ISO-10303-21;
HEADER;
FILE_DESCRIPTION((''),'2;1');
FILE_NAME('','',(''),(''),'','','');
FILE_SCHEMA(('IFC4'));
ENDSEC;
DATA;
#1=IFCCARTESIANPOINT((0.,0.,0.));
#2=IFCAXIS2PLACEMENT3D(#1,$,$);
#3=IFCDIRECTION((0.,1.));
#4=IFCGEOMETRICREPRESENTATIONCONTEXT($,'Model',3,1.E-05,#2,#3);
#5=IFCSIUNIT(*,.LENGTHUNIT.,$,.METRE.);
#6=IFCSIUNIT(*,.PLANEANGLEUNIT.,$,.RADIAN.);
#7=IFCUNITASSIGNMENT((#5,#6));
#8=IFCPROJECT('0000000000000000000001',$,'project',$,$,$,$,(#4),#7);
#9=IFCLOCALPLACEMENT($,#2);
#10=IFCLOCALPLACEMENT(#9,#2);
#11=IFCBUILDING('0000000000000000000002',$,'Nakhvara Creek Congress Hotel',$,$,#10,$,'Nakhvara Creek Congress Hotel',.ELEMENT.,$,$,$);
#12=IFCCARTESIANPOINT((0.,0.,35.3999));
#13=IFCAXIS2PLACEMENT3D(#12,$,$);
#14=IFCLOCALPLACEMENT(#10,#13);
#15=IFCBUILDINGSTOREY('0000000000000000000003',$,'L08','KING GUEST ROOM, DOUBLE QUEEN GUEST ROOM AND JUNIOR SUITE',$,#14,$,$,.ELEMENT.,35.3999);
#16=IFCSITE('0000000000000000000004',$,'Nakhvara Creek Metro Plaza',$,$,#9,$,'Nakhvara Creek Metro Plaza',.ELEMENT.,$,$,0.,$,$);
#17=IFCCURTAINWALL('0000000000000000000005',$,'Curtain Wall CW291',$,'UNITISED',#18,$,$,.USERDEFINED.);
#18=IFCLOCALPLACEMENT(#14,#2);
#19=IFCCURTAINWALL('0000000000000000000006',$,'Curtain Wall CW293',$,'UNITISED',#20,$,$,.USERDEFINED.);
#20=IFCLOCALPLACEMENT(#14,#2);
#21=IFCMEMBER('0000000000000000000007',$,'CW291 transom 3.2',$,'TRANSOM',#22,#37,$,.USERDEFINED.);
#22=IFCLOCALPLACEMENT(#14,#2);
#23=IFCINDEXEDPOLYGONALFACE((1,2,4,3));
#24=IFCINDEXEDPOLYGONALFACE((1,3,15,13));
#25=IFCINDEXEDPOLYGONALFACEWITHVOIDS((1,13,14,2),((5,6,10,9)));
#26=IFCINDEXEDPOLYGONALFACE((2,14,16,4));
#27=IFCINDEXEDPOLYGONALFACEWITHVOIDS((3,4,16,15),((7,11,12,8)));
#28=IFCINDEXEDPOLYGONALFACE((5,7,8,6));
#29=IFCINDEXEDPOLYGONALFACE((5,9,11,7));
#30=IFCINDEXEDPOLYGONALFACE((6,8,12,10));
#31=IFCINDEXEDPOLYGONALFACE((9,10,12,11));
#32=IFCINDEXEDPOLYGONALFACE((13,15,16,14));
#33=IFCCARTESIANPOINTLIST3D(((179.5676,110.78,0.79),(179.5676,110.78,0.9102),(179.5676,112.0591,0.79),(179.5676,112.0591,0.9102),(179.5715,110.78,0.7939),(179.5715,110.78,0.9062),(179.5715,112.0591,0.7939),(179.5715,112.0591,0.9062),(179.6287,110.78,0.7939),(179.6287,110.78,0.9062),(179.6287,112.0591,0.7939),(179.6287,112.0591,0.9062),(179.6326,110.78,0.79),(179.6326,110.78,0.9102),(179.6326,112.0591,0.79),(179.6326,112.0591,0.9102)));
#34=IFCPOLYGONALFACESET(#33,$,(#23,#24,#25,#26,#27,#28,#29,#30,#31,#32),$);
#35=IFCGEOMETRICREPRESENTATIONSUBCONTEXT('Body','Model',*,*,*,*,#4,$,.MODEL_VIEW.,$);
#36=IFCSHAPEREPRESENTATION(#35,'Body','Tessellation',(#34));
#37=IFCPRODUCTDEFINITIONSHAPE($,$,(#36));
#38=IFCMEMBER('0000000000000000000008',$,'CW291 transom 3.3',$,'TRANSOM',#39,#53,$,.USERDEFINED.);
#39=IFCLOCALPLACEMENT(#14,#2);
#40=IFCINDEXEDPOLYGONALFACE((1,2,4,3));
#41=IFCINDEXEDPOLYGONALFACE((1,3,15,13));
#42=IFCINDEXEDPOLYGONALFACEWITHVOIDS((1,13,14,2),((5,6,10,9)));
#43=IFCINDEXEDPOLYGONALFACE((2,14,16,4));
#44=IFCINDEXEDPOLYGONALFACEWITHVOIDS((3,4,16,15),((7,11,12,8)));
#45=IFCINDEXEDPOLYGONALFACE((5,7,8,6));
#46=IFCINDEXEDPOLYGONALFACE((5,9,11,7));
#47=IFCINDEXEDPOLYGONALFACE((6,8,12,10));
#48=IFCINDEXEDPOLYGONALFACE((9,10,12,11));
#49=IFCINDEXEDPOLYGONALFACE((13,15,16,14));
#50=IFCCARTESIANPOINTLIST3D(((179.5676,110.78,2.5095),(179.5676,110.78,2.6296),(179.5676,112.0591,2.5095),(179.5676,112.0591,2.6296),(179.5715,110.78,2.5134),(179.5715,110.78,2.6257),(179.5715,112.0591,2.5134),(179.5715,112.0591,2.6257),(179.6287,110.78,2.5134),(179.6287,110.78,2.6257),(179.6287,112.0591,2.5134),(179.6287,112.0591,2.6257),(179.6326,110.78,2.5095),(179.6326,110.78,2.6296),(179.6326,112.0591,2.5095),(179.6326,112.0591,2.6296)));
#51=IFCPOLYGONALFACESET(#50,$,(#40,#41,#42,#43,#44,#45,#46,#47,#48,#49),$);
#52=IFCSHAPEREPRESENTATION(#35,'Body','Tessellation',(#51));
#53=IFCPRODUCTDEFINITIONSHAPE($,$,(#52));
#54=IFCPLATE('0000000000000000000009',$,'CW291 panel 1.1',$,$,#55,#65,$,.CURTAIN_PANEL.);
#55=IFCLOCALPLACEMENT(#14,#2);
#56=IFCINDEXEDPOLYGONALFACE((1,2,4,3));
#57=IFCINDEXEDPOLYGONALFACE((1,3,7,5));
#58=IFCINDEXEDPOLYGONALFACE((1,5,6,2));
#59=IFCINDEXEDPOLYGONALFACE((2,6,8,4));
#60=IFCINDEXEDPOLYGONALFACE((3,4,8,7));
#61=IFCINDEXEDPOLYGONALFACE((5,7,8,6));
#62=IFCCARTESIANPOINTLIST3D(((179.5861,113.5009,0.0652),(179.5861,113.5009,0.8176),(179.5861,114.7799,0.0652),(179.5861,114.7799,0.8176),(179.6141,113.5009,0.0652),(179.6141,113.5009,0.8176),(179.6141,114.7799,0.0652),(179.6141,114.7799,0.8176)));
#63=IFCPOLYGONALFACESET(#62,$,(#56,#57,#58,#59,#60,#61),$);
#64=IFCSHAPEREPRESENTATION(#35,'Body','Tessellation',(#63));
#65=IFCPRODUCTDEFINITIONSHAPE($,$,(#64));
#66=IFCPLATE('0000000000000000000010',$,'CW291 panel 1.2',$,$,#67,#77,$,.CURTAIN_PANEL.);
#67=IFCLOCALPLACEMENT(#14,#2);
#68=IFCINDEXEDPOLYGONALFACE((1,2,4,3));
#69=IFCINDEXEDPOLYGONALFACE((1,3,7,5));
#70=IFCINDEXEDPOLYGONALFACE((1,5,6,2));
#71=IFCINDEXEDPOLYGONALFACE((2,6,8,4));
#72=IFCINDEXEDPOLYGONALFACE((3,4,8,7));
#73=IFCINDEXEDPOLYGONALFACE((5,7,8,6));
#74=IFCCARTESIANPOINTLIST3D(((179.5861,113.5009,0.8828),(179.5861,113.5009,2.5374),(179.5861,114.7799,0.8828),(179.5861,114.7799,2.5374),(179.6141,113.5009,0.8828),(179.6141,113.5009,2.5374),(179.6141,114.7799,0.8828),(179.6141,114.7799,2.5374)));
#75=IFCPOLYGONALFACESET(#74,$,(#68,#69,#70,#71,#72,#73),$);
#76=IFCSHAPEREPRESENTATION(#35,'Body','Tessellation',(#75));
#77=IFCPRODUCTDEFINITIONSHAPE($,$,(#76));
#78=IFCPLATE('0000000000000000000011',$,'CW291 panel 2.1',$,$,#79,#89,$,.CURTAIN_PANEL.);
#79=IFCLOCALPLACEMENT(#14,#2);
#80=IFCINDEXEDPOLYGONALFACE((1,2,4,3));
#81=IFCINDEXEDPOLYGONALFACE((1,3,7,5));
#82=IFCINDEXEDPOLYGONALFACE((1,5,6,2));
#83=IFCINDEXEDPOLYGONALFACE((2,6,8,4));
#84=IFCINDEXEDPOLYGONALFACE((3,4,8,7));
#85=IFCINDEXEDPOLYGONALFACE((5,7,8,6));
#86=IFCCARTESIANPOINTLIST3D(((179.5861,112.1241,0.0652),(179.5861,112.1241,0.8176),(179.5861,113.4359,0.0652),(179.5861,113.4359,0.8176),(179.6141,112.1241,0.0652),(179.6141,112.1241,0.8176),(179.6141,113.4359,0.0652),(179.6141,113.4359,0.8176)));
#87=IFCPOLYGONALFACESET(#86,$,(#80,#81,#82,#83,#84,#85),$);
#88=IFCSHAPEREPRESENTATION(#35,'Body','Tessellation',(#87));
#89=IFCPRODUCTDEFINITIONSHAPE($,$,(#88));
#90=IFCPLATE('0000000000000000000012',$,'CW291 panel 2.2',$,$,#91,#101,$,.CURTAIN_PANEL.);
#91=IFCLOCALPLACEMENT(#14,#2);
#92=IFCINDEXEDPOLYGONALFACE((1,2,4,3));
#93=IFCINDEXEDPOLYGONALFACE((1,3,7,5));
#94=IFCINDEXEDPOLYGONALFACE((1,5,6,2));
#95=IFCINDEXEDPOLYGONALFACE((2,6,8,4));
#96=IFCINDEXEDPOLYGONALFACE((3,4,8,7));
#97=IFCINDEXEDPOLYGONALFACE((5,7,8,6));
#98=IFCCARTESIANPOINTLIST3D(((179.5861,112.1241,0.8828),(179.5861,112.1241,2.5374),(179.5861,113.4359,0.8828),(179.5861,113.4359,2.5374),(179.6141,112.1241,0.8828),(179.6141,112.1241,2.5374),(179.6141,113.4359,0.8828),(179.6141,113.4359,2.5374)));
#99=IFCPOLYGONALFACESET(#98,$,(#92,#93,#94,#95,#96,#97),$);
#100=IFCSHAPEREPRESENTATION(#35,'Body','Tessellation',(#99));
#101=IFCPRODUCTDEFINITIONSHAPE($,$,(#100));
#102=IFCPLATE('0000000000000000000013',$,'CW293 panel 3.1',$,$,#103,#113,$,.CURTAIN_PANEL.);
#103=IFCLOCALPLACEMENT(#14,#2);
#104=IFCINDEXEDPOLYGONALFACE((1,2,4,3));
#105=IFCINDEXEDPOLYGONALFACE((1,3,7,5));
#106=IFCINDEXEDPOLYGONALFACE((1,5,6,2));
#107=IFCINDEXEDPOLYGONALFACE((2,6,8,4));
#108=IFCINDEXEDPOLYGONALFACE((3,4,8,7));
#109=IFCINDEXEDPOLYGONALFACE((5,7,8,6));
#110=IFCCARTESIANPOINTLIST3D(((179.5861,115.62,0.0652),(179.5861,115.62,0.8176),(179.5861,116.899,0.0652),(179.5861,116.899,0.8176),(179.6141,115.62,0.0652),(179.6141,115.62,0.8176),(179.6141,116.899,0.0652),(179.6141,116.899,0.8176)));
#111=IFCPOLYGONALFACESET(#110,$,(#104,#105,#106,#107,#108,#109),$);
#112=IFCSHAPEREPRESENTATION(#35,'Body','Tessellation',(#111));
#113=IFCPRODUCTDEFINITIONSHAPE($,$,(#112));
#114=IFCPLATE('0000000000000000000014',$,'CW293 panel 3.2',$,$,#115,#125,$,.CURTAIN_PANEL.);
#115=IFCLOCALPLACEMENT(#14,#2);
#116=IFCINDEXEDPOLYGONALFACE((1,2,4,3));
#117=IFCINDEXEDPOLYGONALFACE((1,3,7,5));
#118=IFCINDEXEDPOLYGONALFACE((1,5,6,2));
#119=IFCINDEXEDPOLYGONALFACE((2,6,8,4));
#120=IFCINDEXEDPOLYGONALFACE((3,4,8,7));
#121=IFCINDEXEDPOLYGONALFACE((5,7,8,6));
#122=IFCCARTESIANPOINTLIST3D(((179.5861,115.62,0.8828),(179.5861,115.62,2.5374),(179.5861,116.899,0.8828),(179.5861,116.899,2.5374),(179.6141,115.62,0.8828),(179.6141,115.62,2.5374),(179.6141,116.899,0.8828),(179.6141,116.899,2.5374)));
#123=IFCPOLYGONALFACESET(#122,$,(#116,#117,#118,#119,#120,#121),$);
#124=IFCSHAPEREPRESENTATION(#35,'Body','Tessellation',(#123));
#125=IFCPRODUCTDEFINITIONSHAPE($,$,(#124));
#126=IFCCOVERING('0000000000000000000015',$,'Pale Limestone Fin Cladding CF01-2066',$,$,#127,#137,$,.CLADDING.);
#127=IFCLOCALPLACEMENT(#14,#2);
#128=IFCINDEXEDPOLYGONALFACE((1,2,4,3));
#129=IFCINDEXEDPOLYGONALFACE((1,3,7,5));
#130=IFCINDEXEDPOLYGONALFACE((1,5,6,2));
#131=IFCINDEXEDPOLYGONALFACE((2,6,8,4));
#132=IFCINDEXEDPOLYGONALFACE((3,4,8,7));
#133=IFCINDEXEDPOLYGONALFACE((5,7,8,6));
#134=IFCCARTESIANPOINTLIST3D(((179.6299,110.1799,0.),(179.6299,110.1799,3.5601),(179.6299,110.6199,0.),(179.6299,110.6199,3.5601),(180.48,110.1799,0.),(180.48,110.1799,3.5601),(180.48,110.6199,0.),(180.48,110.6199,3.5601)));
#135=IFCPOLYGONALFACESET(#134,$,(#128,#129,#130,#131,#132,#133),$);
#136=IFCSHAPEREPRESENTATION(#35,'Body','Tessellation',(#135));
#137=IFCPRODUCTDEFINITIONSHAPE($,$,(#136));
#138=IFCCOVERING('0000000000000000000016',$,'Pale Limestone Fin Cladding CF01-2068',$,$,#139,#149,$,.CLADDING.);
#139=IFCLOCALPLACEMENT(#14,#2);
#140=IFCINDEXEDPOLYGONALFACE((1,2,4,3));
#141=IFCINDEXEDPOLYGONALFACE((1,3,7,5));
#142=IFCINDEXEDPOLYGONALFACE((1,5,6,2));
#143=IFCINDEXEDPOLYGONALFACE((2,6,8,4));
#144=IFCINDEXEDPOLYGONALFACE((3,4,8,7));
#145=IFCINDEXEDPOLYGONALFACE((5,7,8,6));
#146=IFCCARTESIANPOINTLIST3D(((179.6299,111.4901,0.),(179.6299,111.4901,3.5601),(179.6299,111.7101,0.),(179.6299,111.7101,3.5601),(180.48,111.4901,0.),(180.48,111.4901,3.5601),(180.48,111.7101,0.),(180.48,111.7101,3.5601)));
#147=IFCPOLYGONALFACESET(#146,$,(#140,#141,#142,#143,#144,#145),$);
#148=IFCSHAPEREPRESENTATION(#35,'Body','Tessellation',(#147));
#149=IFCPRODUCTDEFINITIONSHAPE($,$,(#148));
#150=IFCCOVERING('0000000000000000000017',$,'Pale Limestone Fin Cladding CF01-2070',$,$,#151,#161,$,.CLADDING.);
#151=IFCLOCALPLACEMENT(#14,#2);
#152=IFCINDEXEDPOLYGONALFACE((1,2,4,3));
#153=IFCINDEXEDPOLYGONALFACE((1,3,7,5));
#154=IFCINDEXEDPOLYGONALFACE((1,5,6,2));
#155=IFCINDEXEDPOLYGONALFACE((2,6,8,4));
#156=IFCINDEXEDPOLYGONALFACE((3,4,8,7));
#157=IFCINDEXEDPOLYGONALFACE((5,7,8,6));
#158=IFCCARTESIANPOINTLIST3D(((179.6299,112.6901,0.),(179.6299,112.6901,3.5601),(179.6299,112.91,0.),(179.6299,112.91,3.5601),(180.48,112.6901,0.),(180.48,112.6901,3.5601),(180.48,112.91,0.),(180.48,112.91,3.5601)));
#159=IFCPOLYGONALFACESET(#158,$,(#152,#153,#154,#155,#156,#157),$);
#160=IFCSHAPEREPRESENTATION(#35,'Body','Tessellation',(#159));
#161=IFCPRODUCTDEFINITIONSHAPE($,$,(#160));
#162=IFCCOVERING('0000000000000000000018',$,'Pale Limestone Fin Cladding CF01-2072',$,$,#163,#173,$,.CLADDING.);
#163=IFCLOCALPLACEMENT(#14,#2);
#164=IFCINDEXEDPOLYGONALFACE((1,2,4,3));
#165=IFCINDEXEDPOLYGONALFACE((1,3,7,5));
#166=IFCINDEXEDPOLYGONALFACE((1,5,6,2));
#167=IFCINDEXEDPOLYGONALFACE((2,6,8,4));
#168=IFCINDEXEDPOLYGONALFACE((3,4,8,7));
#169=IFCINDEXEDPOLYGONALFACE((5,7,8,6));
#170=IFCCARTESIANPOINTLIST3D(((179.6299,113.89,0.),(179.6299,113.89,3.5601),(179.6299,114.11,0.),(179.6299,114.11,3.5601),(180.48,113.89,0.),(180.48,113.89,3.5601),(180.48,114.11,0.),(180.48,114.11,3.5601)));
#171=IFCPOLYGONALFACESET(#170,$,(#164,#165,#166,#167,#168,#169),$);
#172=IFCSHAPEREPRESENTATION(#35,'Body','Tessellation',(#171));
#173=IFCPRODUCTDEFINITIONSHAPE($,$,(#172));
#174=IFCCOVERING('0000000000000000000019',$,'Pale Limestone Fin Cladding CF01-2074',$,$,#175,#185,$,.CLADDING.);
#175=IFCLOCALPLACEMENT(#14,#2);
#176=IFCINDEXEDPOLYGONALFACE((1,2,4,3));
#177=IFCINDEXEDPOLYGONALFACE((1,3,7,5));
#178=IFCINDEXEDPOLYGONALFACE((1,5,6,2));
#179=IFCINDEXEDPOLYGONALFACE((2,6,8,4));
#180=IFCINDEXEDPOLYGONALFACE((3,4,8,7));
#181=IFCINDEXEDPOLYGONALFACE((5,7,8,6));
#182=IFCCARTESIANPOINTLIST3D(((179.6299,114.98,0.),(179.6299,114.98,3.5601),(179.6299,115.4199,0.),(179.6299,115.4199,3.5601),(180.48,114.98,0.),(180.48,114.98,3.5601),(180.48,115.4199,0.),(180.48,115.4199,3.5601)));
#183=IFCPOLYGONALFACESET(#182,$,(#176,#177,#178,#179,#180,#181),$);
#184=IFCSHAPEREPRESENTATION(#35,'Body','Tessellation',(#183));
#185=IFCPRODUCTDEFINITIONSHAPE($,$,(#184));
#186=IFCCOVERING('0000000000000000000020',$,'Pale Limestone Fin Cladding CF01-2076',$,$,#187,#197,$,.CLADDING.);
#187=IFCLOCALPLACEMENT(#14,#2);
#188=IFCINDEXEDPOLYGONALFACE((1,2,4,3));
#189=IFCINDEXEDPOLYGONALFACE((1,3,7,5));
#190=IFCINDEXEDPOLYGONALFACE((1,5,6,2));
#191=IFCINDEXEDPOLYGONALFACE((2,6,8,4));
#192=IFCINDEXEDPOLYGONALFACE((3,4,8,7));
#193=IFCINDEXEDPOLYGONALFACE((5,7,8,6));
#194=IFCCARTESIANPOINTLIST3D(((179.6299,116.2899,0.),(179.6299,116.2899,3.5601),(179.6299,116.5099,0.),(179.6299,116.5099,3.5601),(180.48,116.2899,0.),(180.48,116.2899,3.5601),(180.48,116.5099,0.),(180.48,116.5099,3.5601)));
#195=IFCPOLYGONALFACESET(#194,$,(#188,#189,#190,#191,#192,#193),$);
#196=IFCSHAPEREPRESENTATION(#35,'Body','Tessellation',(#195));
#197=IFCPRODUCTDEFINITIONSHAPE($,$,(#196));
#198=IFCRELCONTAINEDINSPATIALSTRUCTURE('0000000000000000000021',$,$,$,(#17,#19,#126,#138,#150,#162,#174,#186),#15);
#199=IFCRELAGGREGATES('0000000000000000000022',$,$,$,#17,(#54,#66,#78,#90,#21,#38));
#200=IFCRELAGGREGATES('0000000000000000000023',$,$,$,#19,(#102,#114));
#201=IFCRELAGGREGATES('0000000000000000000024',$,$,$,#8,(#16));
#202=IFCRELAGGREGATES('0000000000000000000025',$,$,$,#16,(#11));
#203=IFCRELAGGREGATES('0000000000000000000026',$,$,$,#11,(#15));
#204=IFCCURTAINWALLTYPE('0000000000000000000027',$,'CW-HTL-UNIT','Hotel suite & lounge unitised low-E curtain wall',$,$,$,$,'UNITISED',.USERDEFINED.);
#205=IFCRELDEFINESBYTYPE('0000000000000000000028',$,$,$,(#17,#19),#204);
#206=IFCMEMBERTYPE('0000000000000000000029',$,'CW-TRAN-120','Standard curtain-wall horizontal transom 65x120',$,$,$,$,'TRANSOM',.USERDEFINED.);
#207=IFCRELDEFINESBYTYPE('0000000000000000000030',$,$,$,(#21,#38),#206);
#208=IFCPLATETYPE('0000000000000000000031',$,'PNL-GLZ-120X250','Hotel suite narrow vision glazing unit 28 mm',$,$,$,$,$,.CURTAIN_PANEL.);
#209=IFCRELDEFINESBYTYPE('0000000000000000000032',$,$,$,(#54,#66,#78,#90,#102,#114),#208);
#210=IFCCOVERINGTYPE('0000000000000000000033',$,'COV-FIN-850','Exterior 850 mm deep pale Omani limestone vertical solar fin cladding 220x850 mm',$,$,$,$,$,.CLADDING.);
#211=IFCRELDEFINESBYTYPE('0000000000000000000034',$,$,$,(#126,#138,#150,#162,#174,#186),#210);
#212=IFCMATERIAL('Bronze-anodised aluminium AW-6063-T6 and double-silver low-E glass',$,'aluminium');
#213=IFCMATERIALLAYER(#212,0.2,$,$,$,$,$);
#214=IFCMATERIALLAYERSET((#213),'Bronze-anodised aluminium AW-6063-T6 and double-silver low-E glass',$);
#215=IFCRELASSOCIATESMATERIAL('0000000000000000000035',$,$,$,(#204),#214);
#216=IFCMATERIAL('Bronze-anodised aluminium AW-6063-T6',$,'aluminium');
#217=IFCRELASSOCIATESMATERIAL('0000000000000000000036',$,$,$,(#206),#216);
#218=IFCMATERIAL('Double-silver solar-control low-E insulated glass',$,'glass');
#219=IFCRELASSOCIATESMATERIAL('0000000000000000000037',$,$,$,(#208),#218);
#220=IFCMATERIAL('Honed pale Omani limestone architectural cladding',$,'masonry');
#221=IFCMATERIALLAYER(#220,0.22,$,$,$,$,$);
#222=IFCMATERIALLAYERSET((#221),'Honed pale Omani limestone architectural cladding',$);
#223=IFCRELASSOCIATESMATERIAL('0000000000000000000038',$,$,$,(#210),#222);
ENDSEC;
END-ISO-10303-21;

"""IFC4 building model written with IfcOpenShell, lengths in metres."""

from ifc_helpers import new_model, si_unit, direction, frame, origin, origin_2d, place, context, subcontext, project, spatial, rectangle, hollow_rectangle, extrude, material, layer, layer_set, material_profile, profile_set, type_object, element, aggregate, save


model = new_model("IFC4")

# Units and contexts
model_context = context("Model", 3, precision=1e-05, world=origin(), true_north=direction((0.0, 1.0)))
body_context = subcontext(model_context, "Body", "Model", "MODEL_VIEW")
ifc_project = project(units=[si_unit("LENGTHUNIT", "METRE"), si_unit("PLANEANGLEUNIT", "RADIAN")], contexts=[model_context])

# Site, building, storey
site_placement = place(None, origin())
site = spatial("IfcSite", under=ifc_project, at=site_placement, Name="Nakhvara Creek Metro Plaza", LongName="Nakhvara Creek Metro Plaza", CompositionType="ELEMENT", RefElevation=0.0)
building_placement = place(site_placement, origin())
building = spatial("IfcBuilding", under=site, at=building_placement, Name="Nakhvara Creek Congress Hotel", LongName="Nakhvara Creek Congress Hotel", CompositionType="ELEMENT")
storey_placement = place(building_placement, frame((0.0, 0.0, 35.3999)))
storey = spatial("IfcBuildingStorey", under=building, at=storey_placement, Name="L08", Description="KING GUEST ROOM, DOUBLE QUEEN GUEST ROOM AND JUNIOR SUITE", CompositionType="ELEMENT", Elevation=35.3999)

# Curtain wall
ifc_material_1 = material(Name="Bronze-anodised aluminium AW-6063-T6 and double-silver low-E glass", Category="aluminium")
ifc_layer_1 = layer(ifc_material_1, 0.2)
ifc_layer_set_1 = layer_set([ifc_layer_1], Name="Bronze-anodised aluminium AW-6063-T6 and double-silver low-E glass")
curtain_wall_type = type_object("IfcCurtainWallType", Name="CW-HTL-UNIT", Description="Hotel suite & lounge unitised low-E curtain wall", ElementType="UNITISED", PredefinedType="USERDEFINED", material=ifc_layer_set_1)
curtain_wall_1_placement = place(storey_placement, origin())
curtain_wall_1 = element("IfcCurtainWall", 1, at=curtain_wall_1_placement, inside=storey, type_object=curtain_wall_type, Name="Curtain Wall CW291", ObjectType="UNITISED", PredefinedType="USERDEFINED")
ifc_material_2 = material(Name="Bronze-anodised aluminium AW-6063-T6", Category="aluminium")

# Curtain wall
curtain_wall_2_placement = place(storey_placement, origin())
curtain_wall_2 = element("IfcCurtainWall", 2, at=curtain_wall_2_placement, inside=storey, type_object=curtain_wall_type, Name="Curtain Wall CW293", ObjectType="UNITISED", PredefinedType="USERDEFINED")

# Members
ifc_material_profile_1 = material_profile(ifc_material_2, hollow_rectangle(XDim=0.0649, YDim=0.1201, WallThickness=0.0039, at=origin_2d()), Name="ALU-TRAN 65x120x4", Category="LoadBearing")
ifc_profile_set_1 = profile_set([ifc_material_profile_1], Name="Bronze-anodised aluminium AW-6063-T6")
member_type_1 = type_object("IfcMemberType", Name="CW-TRAN-120", Description="Standard curtain-wall horizontal transom 65x120", ElementType="TRANSOM", PredefinedType="USERDEFINED", material=ifc_profile_set_1)
member_1_placement = place(storey_placement, frame((179.6001, 112.0591, 0.8501), z_axis=(0.0, -1.0, 0.0), x_axis=(1.0, 0.0, 0.0)))
member_1 = element("IfcMember", 3, at=member_1_placement, type_object=member_type_1, Name="CW291 transom 3.2", ObjectType="TRANSOM", PredefinedType="USERDEFINED", context=body_context, shape_type="SweptSolid", body=[
    extrude(hollow_rectangle(XDim=0.0649, YDim=0.1201, WallThickness=0.0039, at=origin_2d()), origin(), (0.0, 0.0, 1.0), 1.2791),
])
member_2_placement = place(storey_placement, frame((179.6001, 112.0591, 2.5696), z_axis=(0.0, -1.0, 0.0), x_axis=(1.0, 0.0, 0.0)))
member_2 = element("IfcMember", 4, at=member_2_placement, type_object=member_type_1, Name="CW291 transom 3.3", ObjectType="TRANSOM", PredefinedType="USERDEFINED", context=body_context, shape_type="SweptSolid", body=[
    extrude(hollow_rectangle(XDim=0.0649, YDim=0.1201, WallThickness=0.0039, at=origin_2d()), origin(), (0.0, 0.0, 1.0), 1.2791),
])

# Plates
ifc_material_3 = material(Name="Double-silver solar-control low-E insulated glass", Category="glass")
plate_type = type_object("IfcPlateType", Name="PNL-GLZ-120X250", Description="Hotel suite narrow vision glazing unit 28 mm", PredefinedType="CURTAIN_PANEL", material=ifc_material_3)
plate_1_placement = place(storey_placement, frame((179.6001, 114.1404, 0.0652), z_axis=(0.0, 0.0, 1.0), x_axis=(0.0, -1.0, 0.0)))
plate_1 = element("IfcPlate", 5, at=plate_1_placement, type_object=plate_type, Name="CW291 panel 1.1", PredefinedType="CURTAIN_PANEL", context=body_context, shape_type="SweptSolid", body=[
    extrude(rectangle(XDim=1.2791, YDim=0.0281, at=origin_2d()), origin(), (0.0, 0.0, 1.0), 0.7524),
])
plate_2_placement = place(storey_placement, frame((179.6001, 114.1404, 0.8828), z_axis=(0.0, 0.0, 1.0), x_axis=(0.0, -1.0, 0.0)))
plate_2 = element("IfcPlate", 6, at=plate_2_placement, type_object=plate_type, Name="CW291 panel 1.2", PredefinedType="CURTAIN_PANEL", context=body_context, shape_type="SweptSolid", body=[
    extrude(rectangle(XDim=1.2791, YDim=0.0281, at=origin_2d()), origin(), (0.0, 0.0, 1.0), 1.6545),
])
plate_3_placement = place(storey_placement, frame((179.6001, 112.78, 0.0652), z_axis=(0.0, 0.0, 1.0), x_axis=(0.0, -1.0, 0.0)))
plate_3 = element("IfcPlate", 7, at=plate_3_placement, type_object=plate_type, Name="CW291 panel 2.1", PredefinedType="CURTAIN_PANEL", context=body_context, shape_type="SweptSolid", body=[
    extrude(rectangle(XDim=1.3118, YDim=0.0281, at=origin_2d()), origin(), (0.0, 0.0, 1.0), 0.7524),
])
plate_4_placement = place(storey_placement, frame((179.6001, 112.78, 0.8828), z_axis=(0.0, 0.0, 1.0), x_axis=(0.0, -1.0, 0.0)))
plate_4 = element("IfcPlate", 8, at=plate_4_placement, type_object=plate_type, Name="CW291 panel 2.2", PredefinedType="CURTAIN_PANEL", context=body_context, shape_type="SweptSolid", body=[
    extrude(rectangle(XDim=1.3118, YDim=0.0281, at=origin_2d()), origin(), (0.0, 0.0, 1.0), 1.6545),
])
aggregate(curtain_wall_1, [plate_1, plate_2, plate_3, plate_4, member_1, member_2])
plate_5_placement = place(storey_placement, frame((179.6001, 116.2595, 0.0652), z_axis=(0.0, 0.0, 1.0), x_axis=(0.0, -1.0, 0.0)))
plate_5 = element("IfcPlate", 9, at=plate_5_placement, type_object=plate_type, Name="CW293 panel 3.1", PredefinedType="CURTAIN_PANEL", context=body_context, shape_type="SweptSolid", body=[
    extrude(rectangle(XDim=1.2791, YDim=0.0281, at=origin_2d()), origin(), (0.0, 0.0, 1.0), 0.7524),
])
plate_6_placement = place(storey_placement, frame((179.6001, 116.2595, 0.8828), z_axis=(0.0, 0.0, 1.0), x_axis=(0.0, -1.0, 0.0)))
plate_6 = element("IfcPlate", 10, at=plate_6_placement, type_object=plate_type, Name="CW293 panel 3.2", PredefinedType="CURTAIN_PANEL", context=body_context, shape_type="SweptSolid", body=[
    extrude(rectangle(XDim=1.2791, YDim=0.0281, at=origin_2d()), origin(), (0.0, 0.0, 1.0), 1.6545),
])
aggregate(curtain_wall_2, [plate_5, plate_6])

# Coverings
ifc_material_4 = material(Name="Honed pale Omani limestone architectural cladding", Category="masonry")
ifc_layer_2 = layer(ifc_material_4, 0.22)
ifc_layer_set_2 = layer_set([ifc_layer_2], Name="Honed pale Omani limestone architectural cladding")
covering_type = type_object("IfcCoveringType", Name="COV-FIN-850", Description="Exterior 850 mm deep pale Omani limestone vertical solar fin cladding 220x850 mm", PredefinedType="CLADDING", material=ifc_layer_set_2)
covering_1_placement = place(storey_placement, frame((180.0549, 110.3999, 0.0), z_axis=(0.0, 0.0, 1.0), x_axis=(0.0, 1.0, 0.0)))
element("IfcCovering", 11, at=covering_1_placement, inside=storey, type_object=covering_type, Name="Pale Limestone Fin Cladding CF01-2066", PredefinedType="CLADDING", context=body_context, shape_type="SweptSolid", body=[
    extrude(rectangle(XDim=0.4399, YDim=0.8501, at=origin_2d()), origin(), (0.0, 0.0, 1.0), 3.5601),
])
for number, where, z_axis, x_axis, name in (
    (12, (180.0549, 111.6001, 0.0), (0.0, 0.0, 1.0), (0.0, 1.0, 0.0), "Pale Limestone Fin Cladding CF01-2068"),
    (13, (180.0549, 112.8, 0.0), (0.0, 0.0, 1.0), (0.0, 1.0, 0.0), "Pale Limestone Fin Cladding CF01-2070"),
    (14, (180.0549, 114.0, 0.0), (0.0, 0.0, 1.0), (0.0, 1.0, 0.0), "Pale Limestone Fin Cladding CF01-2072"),
):
    element("IfcCovering", number, at=place(storey_placement, frame(where, z_axis=z_axis, x_axis=x_axis)), inside=storey, type_object=covering_type, Name=name, PredefinedType="CLADDING", context=body_context, shape_type="SweptSolid", body=[
        extrude(rectangle(XDim=0.22, YDim=0.8501, at=origin_2d()), origin(), (0.0, 0.0, 1.0), 3.5601),
    ])
covering_2_placement = place(storey_placement, frame((180.0549, 115.2, 0.0), z_axis=(0.0, 0.0, 1.0), x_axis=(0.0, 1.0, 0.0)))
element("IfcCovering", 15, at=covering_2_placement, inside=storey, type_object=covering_type, Name="Pale Limestone Fin Cladding CF01-2074", PredefinedType="CLADDING", context=body_context, shape_type="SweptSolid", body=[
    extrude(rectangle(XDim=0.4399, YDim=0.8501, at=origin_2d()), origin(), (0.0, 0.0, 1.0), 3.5601),
])
covering_3_placement = place(storey_placement, frame((180.0549, 116.3999, 0.0), z_axis=(0.0, 0.0, 1.0), x_axis=(0.0, 1.0, 0.0)))
element("IfcCovering", 16, at=covering_3_placement, inside=storey, type_object=covering_type, Name="Pale Limestone Fin Cladding CF01-2076", PredefinedType="CLADDING", context=body_context, shape_type="SweptSolid", body=[
    extrude(rectangle(XDim=0.22, YDim=0.8501, at=origin_2d()), origin(), (0.0, 0.0, 1.0), 3.5601),
])

save(model, "model.ifc")
